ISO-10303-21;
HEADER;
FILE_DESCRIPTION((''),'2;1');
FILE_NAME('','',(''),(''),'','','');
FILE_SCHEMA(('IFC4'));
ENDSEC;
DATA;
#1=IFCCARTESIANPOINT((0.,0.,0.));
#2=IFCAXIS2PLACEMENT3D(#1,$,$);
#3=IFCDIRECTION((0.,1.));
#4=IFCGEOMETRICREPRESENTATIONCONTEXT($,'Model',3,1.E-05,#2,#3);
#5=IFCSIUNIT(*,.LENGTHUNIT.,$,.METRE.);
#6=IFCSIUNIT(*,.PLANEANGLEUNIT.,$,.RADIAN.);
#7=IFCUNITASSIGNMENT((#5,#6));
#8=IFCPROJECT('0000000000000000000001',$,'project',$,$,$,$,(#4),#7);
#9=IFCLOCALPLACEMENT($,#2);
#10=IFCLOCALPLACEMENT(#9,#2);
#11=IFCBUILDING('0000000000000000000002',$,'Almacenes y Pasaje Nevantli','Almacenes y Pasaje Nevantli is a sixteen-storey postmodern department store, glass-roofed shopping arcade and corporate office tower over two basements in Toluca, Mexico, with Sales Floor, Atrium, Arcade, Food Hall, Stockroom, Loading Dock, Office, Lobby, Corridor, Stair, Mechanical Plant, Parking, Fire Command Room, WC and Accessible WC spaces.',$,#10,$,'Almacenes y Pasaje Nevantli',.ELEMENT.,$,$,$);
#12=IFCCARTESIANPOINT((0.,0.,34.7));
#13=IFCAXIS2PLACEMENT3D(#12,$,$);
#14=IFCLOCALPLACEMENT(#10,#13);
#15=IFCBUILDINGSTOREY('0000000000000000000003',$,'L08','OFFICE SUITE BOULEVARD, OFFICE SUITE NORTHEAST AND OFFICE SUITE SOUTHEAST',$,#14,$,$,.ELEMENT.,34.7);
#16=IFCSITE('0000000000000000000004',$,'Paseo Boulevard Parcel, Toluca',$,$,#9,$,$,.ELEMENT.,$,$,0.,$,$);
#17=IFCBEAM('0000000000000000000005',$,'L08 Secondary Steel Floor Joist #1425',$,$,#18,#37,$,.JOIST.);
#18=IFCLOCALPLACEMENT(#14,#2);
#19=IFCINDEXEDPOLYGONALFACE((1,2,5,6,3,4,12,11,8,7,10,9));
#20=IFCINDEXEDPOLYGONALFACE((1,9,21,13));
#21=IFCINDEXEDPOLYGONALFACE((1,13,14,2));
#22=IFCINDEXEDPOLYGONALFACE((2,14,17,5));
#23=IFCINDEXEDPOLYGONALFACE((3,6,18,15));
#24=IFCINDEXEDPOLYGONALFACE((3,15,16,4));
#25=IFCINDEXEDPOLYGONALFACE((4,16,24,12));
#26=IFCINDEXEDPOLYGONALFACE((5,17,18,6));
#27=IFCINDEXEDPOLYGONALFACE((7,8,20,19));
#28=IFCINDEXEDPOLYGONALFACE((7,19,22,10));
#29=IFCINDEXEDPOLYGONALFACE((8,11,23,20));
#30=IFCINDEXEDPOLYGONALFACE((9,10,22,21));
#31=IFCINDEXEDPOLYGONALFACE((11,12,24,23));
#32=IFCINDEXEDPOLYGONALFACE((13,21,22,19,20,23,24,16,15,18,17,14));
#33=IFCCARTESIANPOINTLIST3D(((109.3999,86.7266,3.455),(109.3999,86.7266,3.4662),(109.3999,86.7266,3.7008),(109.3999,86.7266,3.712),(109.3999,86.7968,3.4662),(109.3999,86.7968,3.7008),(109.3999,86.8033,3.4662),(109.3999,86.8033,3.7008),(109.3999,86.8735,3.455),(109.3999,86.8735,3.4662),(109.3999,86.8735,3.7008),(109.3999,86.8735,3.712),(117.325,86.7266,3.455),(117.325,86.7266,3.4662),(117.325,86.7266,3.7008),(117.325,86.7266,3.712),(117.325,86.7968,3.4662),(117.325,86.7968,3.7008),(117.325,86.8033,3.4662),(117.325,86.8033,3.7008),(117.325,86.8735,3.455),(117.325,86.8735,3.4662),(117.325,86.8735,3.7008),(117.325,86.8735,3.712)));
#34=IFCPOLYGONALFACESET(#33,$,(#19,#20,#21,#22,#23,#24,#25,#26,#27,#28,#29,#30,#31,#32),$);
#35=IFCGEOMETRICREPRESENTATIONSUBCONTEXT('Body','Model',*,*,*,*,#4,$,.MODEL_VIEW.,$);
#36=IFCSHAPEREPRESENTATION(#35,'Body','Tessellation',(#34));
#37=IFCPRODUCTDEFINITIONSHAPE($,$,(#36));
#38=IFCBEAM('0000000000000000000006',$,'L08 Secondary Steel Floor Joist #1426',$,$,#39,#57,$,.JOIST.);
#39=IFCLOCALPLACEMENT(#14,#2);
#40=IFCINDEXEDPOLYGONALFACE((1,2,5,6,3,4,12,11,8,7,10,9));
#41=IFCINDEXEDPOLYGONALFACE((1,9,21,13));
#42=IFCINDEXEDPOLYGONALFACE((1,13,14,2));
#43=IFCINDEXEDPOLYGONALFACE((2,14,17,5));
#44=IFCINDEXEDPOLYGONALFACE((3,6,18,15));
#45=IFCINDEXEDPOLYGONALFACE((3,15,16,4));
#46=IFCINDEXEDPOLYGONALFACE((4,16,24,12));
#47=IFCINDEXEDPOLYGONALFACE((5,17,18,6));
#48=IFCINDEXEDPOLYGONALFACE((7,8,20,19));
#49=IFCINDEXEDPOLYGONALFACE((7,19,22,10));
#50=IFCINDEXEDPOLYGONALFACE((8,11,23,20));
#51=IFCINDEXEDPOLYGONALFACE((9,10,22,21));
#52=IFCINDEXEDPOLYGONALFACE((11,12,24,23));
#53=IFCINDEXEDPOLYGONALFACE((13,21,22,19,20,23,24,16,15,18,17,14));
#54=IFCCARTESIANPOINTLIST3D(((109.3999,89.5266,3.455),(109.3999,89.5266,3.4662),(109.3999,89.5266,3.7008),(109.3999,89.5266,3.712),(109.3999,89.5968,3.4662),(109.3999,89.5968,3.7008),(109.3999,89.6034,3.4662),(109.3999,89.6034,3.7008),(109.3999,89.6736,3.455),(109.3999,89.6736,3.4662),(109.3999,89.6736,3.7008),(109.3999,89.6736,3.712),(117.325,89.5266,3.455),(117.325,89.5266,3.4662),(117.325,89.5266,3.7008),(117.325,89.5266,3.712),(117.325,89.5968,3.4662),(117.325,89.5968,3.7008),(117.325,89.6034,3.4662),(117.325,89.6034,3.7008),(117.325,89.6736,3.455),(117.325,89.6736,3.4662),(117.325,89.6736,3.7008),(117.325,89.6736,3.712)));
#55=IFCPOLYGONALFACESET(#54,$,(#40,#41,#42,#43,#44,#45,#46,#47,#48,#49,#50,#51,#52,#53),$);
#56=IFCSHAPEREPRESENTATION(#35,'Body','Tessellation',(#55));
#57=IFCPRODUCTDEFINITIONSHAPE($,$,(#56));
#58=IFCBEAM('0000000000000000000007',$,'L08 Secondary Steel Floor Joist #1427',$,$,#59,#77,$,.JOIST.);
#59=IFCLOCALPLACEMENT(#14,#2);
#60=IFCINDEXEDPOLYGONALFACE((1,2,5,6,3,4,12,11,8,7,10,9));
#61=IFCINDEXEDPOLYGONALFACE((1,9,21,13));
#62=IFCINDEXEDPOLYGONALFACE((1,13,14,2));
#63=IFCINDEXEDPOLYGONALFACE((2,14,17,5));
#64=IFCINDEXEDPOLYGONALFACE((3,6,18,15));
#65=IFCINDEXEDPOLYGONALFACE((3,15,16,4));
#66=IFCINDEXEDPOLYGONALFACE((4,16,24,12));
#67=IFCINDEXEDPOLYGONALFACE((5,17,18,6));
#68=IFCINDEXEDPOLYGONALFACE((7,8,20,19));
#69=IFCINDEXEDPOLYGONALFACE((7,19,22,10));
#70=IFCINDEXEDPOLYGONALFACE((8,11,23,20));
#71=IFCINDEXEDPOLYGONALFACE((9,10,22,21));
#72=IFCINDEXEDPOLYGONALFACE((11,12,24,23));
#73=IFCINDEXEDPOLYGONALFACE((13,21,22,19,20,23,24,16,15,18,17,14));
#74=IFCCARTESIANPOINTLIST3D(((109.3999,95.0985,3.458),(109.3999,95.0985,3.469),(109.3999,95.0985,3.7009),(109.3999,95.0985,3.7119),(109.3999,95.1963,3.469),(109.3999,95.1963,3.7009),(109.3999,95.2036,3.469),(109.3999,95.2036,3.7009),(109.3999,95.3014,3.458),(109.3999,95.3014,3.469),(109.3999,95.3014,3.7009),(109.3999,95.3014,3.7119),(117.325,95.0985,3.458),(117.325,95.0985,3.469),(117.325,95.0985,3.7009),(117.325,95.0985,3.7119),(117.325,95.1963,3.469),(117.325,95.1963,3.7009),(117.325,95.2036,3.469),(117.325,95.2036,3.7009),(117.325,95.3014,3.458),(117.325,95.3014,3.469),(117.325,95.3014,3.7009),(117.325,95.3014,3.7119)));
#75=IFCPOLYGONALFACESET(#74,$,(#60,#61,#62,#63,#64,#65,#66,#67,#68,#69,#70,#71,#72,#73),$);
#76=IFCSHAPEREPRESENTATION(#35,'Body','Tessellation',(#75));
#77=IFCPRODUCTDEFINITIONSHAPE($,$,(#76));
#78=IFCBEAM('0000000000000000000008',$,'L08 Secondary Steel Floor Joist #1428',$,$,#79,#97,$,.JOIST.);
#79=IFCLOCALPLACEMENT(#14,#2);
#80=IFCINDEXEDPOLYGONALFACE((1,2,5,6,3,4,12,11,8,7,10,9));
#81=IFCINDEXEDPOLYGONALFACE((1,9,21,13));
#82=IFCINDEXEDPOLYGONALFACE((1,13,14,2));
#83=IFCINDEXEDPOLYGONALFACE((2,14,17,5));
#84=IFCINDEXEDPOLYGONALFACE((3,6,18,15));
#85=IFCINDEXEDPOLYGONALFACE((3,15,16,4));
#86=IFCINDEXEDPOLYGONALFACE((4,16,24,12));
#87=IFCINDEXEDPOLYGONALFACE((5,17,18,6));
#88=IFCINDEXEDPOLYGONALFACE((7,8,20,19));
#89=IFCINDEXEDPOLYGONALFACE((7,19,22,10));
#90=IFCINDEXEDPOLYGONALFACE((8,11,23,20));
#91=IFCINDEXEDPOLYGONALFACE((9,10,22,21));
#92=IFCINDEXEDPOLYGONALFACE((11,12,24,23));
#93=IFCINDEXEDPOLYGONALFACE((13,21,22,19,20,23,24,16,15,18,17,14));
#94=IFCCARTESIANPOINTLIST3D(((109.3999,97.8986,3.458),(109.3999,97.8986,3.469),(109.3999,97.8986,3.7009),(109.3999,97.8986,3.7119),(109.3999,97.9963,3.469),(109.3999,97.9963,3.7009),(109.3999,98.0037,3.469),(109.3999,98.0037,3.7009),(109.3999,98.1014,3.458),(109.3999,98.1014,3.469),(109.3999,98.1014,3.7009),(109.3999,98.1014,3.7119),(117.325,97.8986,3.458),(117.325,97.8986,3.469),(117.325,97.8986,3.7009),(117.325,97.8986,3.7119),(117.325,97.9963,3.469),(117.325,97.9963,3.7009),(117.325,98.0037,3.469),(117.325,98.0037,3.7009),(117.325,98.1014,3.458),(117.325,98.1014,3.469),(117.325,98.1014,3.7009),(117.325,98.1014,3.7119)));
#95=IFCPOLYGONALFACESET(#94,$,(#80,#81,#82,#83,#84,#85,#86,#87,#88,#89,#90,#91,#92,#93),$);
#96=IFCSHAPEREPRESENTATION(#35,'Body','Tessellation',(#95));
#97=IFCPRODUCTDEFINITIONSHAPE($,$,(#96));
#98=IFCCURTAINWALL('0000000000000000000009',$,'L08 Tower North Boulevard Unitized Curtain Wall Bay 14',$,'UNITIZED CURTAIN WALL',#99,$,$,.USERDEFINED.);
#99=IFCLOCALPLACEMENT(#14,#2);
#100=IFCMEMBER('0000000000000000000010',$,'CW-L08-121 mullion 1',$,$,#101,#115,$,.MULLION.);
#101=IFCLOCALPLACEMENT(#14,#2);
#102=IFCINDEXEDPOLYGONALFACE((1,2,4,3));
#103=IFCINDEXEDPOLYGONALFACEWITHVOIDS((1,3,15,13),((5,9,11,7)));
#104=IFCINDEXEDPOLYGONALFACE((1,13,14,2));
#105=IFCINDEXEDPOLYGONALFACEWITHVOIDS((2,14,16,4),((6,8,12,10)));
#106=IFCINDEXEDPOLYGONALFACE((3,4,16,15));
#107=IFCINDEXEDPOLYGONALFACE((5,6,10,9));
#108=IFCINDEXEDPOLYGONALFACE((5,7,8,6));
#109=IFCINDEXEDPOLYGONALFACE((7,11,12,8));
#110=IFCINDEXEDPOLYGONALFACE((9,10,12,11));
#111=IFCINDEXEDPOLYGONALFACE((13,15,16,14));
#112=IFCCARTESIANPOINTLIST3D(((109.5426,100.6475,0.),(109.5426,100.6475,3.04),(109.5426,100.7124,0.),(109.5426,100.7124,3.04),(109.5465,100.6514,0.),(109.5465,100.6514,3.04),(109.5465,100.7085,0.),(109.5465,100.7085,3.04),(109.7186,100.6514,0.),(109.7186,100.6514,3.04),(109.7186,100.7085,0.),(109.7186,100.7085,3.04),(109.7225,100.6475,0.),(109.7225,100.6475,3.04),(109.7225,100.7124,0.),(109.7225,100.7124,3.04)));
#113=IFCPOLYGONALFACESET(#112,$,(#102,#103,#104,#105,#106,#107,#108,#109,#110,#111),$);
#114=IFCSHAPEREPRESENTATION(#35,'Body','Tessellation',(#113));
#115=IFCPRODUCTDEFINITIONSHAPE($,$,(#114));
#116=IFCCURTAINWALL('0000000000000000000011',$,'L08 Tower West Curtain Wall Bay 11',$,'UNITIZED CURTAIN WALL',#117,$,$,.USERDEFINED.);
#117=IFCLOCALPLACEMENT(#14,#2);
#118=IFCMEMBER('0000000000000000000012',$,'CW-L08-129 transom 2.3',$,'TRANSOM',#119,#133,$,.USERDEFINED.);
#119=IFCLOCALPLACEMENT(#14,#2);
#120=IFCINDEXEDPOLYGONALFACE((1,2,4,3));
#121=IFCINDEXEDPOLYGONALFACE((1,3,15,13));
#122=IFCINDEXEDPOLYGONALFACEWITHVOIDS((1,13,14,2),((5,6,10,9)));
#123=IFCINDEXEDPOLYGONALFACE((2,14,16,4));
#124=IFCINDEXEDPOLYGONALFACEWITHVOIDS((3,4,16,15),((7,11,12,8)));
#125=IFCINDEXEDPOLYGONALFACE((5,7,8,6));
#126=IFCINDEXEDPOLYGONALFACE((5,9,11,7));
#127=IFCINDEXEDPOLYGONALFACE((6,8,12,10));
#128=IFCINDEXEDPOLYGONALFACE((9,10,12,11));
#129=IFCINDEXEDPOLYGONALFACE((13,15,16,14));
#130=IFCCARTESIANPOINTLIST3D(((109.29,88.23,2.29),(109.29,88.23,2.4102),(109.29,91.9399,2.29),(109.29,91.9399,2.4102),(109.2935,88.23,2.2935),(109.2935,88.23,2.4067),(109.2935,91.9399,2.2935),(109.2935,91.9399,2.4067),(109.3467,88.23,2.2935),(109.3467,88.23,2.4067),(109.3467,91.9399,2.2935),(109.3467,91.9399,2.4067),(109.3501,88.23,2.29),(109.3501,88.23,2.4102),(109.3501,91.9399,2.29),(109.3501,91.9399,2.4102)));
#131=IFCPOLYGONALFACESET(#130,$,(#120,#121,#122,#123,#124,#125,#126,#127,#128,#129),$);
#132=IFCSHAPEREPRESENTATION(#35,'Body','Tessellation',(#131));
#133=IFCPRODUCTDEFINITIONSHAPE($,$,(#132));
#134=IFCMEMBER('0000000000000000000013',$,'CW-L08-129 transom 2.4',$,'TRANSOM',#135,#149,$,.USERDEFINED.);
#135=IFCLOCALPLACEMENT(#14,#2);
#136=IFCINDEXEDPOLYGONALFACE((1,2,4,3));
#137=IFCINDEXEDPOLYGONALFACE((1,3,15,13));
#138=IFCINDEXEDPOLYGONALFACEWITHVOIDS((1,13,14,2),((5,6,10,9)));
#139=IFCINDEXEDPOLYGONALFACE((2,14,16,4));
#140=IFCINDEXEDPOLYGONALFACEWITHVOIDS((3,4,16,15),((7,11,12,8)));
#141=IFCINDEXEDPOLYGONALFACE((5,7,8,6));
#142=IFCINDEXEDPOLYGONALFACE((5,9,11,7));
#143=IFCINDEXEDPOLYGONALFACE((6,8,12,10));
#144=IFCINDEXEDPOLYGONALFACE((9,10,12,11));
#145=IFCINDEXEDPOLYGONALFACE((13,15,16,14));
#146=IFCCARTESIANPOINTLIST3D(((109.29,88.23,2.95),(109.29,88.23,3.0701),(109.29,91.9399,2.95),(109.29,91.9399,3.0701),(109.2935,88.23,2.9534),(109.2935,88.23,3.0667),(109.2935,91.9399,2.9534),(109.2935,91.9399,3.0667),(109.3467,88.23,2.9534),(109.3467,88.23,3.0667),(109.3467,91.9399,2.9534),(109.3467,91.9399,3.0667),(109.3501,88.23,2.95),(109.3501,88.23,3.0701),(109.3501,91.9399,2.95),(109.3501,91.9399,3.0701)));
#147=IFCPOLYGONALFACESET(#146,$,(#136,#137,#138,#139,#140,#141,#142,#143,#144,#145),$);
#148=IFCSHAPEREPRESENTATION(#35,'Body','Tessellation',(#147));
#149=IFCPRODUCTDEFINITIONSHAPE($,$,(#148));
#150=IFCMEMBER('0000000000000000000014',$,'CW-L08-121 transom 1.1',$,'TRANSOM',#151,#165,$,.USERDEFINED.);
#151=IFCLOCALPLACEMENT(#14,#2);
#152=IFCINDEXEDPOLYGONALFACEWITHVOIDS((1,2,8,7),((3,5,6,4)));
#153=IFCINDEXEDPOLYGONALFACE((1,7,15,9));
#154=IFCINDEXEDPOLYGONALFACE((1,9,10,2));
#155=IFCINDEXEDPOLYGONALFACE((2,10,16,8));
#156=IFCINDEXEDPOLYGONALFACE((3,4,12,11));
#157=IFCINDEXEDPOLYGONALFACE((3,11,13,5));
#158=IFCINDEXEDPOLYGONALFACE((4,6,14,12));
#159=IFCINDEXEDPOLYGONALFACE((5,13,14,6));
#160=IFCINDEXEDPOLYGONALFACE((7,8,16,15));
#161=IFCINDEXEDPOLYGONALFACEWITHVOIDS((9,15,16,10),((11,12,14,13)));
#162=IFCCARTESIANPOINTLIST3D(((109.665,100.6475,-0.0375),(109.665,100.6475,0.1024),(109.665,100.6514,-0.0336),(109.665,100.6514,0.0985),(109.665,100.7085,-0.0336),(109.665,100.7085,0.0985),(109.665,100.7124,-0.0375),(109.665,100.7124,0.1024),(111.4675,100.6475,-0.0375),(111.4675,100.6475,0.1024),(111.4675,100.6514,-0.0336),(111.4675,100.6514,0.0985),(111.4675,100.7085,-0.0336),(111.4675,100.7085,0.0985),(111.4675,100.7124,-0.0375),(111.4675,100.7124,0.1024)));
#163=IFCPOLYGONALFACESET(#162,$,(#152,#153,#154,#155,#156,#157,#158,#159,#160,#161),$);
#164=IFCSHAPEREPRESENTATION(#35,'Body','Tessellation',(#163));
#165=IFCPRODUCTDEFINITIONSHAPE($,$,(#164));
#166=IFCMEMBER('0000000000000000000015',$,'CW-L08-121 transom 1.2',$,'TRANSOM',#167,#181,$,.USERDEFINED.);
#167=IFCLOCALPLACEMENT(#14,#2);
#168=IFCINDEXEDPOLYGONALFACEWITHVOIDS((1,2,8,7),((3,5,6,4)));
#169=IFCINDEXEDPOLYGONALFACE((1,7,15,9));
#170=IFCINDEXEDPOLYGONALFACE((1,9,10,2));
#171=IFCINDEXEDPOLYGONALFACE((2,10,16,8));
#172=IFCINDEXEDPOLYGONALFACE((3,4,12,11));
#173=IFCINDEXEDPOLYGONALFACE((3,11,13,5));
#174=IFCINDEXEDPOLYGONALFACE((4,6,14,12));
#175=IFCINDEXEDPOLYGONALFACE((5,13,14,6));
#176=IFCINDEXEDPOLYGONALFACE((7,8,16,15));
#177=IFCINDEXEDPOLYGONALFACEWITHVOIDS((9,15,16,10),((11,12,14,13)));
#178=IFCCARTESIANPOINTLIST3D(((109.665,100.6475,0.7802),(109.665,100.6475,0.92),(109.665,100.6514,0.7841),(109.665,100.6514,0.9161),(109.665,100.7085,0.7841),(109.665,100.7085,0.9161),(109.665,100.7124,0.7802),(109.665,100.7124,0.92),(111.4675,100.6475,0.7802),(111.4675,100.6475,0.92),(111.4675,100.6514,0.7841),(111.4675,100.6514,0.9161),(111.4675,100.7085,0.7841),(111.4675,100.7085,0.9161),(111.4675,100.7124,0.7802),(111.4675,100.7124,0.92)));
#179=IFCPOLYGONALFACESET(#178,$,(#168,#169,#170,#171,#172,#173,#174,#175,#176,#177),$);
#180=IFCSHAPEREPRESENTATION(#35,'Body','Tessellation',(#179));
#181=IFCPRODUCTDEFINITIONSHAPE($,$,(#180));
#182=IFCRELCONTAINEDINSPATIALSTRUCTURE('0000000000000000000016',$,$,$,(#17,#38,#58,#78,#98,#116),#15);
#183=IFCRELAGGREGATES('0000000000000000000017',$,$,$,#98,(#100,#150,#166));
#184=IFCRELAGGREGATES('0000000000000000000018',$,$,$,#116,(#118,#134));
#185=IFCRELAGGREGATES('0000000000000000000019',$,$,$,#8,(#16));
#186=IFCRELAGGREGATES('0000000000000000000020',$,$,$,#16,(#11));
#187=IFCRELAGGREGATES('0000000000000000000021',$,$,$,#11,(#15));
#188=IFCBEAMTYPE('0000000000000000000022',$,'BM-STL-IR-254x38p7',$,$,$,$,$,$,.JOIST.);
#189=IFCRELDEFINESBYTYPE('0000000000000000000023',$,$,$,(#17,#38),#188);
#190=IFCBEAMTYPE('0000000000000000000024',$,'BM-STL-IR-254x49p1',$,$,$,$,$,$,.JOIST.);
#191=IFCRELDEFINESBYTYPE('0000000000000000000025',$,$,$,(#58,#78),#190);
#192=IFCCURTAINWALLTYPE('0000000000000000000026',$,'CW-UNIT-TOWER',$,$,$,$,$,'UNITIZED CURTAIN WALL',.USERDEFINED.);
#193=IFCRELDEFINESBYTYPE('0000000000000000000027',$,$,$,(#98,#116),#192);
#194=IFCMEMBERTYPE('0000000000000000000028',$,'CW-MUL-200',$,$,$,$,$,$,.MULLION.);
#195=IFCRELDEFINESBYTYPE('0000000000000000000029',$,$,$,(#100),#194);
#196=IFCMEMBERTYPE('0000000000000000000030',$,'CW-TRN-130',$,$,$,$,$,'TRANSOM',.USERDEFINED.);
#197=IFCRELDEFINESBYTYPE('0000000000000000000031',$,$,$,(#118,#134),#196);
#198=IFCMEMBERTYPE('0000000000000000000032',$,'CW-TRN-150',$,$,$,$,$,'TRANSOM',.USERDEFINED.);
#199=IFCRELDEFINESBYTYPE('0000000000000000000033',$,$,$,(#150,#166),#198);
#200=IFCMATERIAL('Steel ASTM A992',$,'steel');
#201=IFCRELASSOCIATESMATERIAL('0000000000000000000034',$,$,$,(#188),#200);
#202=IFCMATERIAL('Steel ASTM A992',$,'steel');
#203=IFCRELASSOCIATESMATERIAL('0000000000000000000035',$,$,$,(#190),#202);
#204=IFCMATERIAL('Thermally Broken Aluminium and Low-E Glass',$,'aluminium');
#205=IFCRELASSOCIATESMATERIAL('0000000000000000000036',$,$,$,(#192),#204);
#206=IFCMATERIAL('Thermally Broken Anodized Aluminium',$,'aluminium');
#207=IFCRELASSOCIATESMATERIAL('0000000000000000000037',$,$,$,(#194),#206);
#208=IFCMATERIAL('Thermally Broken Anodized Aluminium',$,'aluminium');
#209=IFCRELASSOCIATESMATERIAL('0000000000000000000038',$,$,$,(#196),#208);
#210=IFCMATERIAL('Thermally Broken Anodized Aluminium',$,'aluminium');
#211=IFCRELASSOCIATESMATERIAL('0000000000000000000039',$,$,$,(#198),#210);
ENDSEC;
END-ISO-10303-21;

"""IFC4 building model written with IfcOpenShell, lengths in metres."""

from ifc_helpers import new_model, si_unit, direction, frame, origin, origin_2d, place, context, subcontext, project, spatial, hollow_rectangle, i_section, extrude, material, material_profile, profile_set, type_object, element, aggregate, save


model = new_model("IFC4")

# Units and contexts
model_context = context("Model", 3, precision=1e-05, world=origin(), true_north=direction((0.0, 1.0)))
body_context = subcontext(model_context, "Body", "Model", "MODEL_VIEW")
ifc_project = project(units=[si_unit("LENGTHUNIT", "METRE"), si_unit("PLANEANGLEUNIT", "RADIAN")], contexts=[model_context])

# Site, building, storey
site_placement = place(None, origin())
site = spatial("IfcSite", under=ifc_project, at=site_placement, Name="Paseo Boulevard Parcel, Toluca", CompositionType="ELEMENT", RefElevation=0.0)
building_placement = place(site_placement, origin())
building = spatial("IfcBuilding", under=site, at=building_placement, Name="Almacenes y Pasaje Nevantli", Description="Almacenes y Pasaje Nevantli is a sixteen-storey postmodern department store, glass-roofed shopping arcade and corporate office tower over two basements in Toluca, Mexico, with Sales Floor, Atrium, Arcade, Food Hall, Stockroom, Loading Dock, Office, Lobby, Corridor, Stair, Mechanical Plant, Parking, Fire Command Room, WC and Accessible WC spaces.", LongName="Almacenes y Pasaje Nevantli", CompositionType="ELEMENT")
storey_placement = place(building_placement, frame((0.0, 0.0, 34.7)))
storey = spatial("IfcBuildingStorey", under=building, at=storey_placement, Name="L08", Description="OFFICE SUITE BOULEVARD, OFFICE SUITE NORTHEAST AND OFFICE SUITE SOUTHEAST", CompositionType="ELEMENT", Elevation=34.7)

# Beams
ifc_material_1 = material(Name="Steel ASTM A992", Category="steel")
ifc_material_profile_1 = material_profile(ifc_material_1, i_section(OverallWidth=0.147, OverallDepth=0.2571, WebThickness=0.0066, FlangeThickness=0.0112, at=origin_2d()), Name="IR 254x38.7")
ifc_profile_set_1 = profile_set([ifc_material_profile_1], Name="Steel ASTM A992")
beam_type_1 = type_object("IfcBeamType", Name="BM-STL-IR-254x38p7", PredefinedType="JOIST", material=ifc_profile_set_1)
for number, where, z_axis, x_axis, name in (
    (1, (109.3999, 86.8, 3.5835), (1.0, 0.0, 0.0), (0.0, 1.0, 0.0), "L08 Secondary Steel Floor Joist #1425"),
    (2, (109.3999, 89.6001, 3.5835), (1.0, 0.0, 0.0), (0.0, 1.0, 0.0), "L08 Secondary Steel Floor Joist #1426"),
):
    element("IfcBeam", number, at=place(storey_placement, frame(where, z_axis=z_axis, x_axis=x_axis)), inside=storey, type_object=beam_type_1, Name=name, PredefinedType="JOIST", context=body_context, shape_type="SweptSolid", body=[
        extrude(i_section(OverallWidth=0.147, OverallDepth=0.2571, WebThickness=0.0066, FlangeThickness=0.0112, at=origin_2d()), origin(), (0.0, 0.0, 1.0), 7.925),
    ])
ifc_material_2 = material(Name="Steel ASTM A992", Category="steel")
ifc_material_profile_2 = material_profile(ifc_material_2, i_section(OverallWidth=0.2029, OverallDepth=0.2539, WebThickness=0.0073, FlangeThickness=0.011, at=origin_2d()), Name="IR 254x49.1")
ifc_profile_set_2 = profile_set([ifc_material_profile_2], Name="Steel ASTM A992")
beam_type_2 = type_object("IfcBeamType", Name="BM-STL-IR-254x49p1", PredefinedType="JOIST", material=ifc_profile_set_2)
for number, where, z_axis, x_axis, name in (
    (3, (109.3999, 95.2, 3.585), (1.0, 0.0, 0.0), (0.0, 1.0, 0.0), "L08 Secondary Steel Floor Joist #1427"),
    (4, (109.3999, 98.0, 3.585), (1.0, 0.0, 0.0), (0.0, 1.0, 0.0), "L08 Secondary Steel Floor Joist #1428"),
):
    element("IfcBeam", number, at=place(storey_placement, frame(where, z_axis=z_axis, x_axis=x_axis)), inside=storey, type_object=beam_type_2, Name=name, PredefinedType="JOIST", context=body_context, shape_type="SweptSolid", body=[
        extrude(i_section(OverallWidth=0.2029, OverallDepth=0.2539, WebThickness=0.0073, FlangeThickness=0.011, at=origin_2d()), origin(), (0.0, 0.0, 1.0), 7.925),
    ])

# Curtain wall, member
ifc_material_3 = material(Name="Thermally Broken Aluminium and Low-E Glass", Category="aluminium")
curtain_wall_type = type_object("IfcCurtainWallType", Name="CW-UNIT-TOWER", ElementType="UNITIZED CURTAIN WALL", PredefinedType="USERDEFINED", material=ifc_material_3)
curtain_wall_1_placement = place(storey_placement, origin())
curtain_wall_1 = element("IfcCurtainWall", 5, at=curtain_wall_1_placement, inside=storey, type_object=curtain_wall_type, Name="L08 Tower North Boulevard Unitized Curtain Wall Bay 14", ObjectType="UNITIZED CURTAIN WALL", PredefinedType="USERDEFINED")
ifc_material_4 = material(Name="Thermally Broken Anodized Aluminium", Category="aluminium")
ifc_material_profile_3 = material_profile(ifc_material_4, hollow_rectangle(XDim=0.0649, YDim=0.1799, WallThickness=0.0039, at=origin_2d()), Name="ALU-MUL-65x180")
ifc_profile_set_3 = profile_set([ifc_material_profile_3], Name="Thermally Broken Anodized Aluminium")
member_type_1 = type_object("IfcMemberType", Name="CW-MUL-200", PredefinedType="MULLION", material=ifc_profile_set_3)
member_1_placement = place(storey_placement, frame((109.6326, 100.6799, 0.0), z_axis=(0.0, 0.0, 1.0), x_axis=(0.0, 1.0, 0.0)))
member_1 = element("IfcMember", 6, at=member_1_placement, type_object=member_type_1, Name="CW-L08-121 mullion 1", PredefinedType="MULLION", context=body_context, shape_type="SweptSolid", body=[
    extrude(hollow_rectangle(XDim=0.0649, YDim=0.1799, WallThickness=0.0039, at=origin_2d()), origin(), (0.0, 0.0, 1.0), 3.04),
])

# Curtain wall, members
curtain_wall_2_placement = place(storey_placement, origin())
curtain_wall_2 = element("IfcCurtainWall", 7, at=curtain_wall_2_placement, inside=storey, type_object=curtain_wall_type, Name="L08 Tower West Curtain Wall Bay 11", ObjectType="UNITIZED CURTAIN WALL", PredefinedType="USERDEFINED")
ifc_material_5 = material(Name="Thermally Broken Anodized Aluminium", Category="aluminium")
ifc_material_profile_4 = material_profile(ifc_material_5, hollow_rectangle(XDim=0.0601, YDim=0.1201, WallThickness=0.0034, at=origin_2d()), Name="ALU-TRN-60x120")
ifc_profile_set_4 = profile_set([ifc_material_profile_4], Name="Thermally Broken Anodized Aluminium")
member_type_2 = type_object("IfcMemberType", Name="CW-TRN-130", ElementType="TRANSOM", PredefinedType="USERDEFINED", material=ifc_profile_set_4)
member_2_placement = place(storey_placement, frame((109.3201, 88.23, 2.3501), z_axis=(0.0, 1.0, 0.0), x_axis=(-1.0, 0.0, 0.0)))
member_2 = element("IfcMember", 8, at=member_2_placement, type_object=member_type_2, Name="CW-L08-129 transom 2.3", ObjectType="TRANSOM", PredefinedType="USERDEFINED", context=body_context, shape_type="SweptSolid", body=[
    extrude(hollow_rectangle(XDim=0.0601, YDim=0.1201, WallThickness=0.0034, at=origin_2d()), origin(), (0.0, 0.0, 1.0), 3.71),
])
member_3_placement = place(storey_placement, frame((109.3201, 88.23, 3.01), z_axis=(0.0, 1.0, 0.0), x_axis=(-1.0, 0.0, 0.0)))
member_3 = element("IfcMember", 9, at=member_3_placement, type_object=member_type_2, Name="CW-L08-129 transom 2.4", ObjectType="TRANSOM", PredefinedType="USERDEFINED", context=body_context, shape_type="SweptSolid", body=[
    extrude(hollow_rectangle(XDim=0.0601, YDim=0.1201, WallThickness=0.0034, at=origin_2d()), origin(), (0.0, 0.0, 1.0), 3.71),
])

# Members
ifc_material_6 = material(Name="Thermally Broken Anodized Aluminium", Category="aluminium")
ifc_material_profile_5 = material_profile(ifc_material_6, hollow_rectangle(XDim=0.0649, YDim=0.1399, WallThickness=0.0039, at=origin_2d()), Name="ALU-TRN-65x140")
ifc_profile_set_5 = profile_set([ifc_material_profile_5], Name="Thermally Broken Anodized Aluminium")
member_type_3 = type_object("IfcMemberType", Name="CW-TRN-150", ElementType="TRANSOM", PredefinedType="USERDEFINED", material=ifc_profile_set_5)
member_4_placement = place(storey_placement, frame((109.665, 100.6799, 0.0325), z_axis=(1.0, 0.0, 0.0), x_axis=(0.0, 1.0, 0.0)))
member_4 = element("IfcMember", 10, at=member_4_placement, type_object=member_type_3, Name="CW-L08-121 transom 1.1", ObjectType="TRANSOM", PredefinedType="USERDEFINED", context=body_context, shape_type="SweptSolid", body=[
    extrude(hollow_rectangle(XDim=0.0649, YDim=0.1399, WallThickness=0.0039, at=origin_2d()), origin(), (0.0, 0.0, 1.0), 1.8025),
])
member_5_placement = place(storey_placement, frame((109.665, 100.6799, 0.8501), z_axis=(1.0, 0.0, 0.0), x_axis=(0.0, 1.0, 0.0)))
member_5 = element("IfcMember", 11, at=member_5_placement, type_object=member_type_3, Name="CW-L08-121 transom 1.2", ObjectType="TRANSOM", PredefinedType="USERDEFINED", context=body_context, shape_type="SweptSolid", body=[
    extrude(hollow_rectangle(XDim=0.0649, YDim=0.1399, WallThickness=0.0039, at=origin_2d()), origin(), (0.0, 0.0, 1.0), 1.8025),
])
aggregate(curtain_wall_1, [member_1, member_4, member_5])

aggregate(curtain_wall_2, [member_2, member_3])

save(model, "model.ifc")
